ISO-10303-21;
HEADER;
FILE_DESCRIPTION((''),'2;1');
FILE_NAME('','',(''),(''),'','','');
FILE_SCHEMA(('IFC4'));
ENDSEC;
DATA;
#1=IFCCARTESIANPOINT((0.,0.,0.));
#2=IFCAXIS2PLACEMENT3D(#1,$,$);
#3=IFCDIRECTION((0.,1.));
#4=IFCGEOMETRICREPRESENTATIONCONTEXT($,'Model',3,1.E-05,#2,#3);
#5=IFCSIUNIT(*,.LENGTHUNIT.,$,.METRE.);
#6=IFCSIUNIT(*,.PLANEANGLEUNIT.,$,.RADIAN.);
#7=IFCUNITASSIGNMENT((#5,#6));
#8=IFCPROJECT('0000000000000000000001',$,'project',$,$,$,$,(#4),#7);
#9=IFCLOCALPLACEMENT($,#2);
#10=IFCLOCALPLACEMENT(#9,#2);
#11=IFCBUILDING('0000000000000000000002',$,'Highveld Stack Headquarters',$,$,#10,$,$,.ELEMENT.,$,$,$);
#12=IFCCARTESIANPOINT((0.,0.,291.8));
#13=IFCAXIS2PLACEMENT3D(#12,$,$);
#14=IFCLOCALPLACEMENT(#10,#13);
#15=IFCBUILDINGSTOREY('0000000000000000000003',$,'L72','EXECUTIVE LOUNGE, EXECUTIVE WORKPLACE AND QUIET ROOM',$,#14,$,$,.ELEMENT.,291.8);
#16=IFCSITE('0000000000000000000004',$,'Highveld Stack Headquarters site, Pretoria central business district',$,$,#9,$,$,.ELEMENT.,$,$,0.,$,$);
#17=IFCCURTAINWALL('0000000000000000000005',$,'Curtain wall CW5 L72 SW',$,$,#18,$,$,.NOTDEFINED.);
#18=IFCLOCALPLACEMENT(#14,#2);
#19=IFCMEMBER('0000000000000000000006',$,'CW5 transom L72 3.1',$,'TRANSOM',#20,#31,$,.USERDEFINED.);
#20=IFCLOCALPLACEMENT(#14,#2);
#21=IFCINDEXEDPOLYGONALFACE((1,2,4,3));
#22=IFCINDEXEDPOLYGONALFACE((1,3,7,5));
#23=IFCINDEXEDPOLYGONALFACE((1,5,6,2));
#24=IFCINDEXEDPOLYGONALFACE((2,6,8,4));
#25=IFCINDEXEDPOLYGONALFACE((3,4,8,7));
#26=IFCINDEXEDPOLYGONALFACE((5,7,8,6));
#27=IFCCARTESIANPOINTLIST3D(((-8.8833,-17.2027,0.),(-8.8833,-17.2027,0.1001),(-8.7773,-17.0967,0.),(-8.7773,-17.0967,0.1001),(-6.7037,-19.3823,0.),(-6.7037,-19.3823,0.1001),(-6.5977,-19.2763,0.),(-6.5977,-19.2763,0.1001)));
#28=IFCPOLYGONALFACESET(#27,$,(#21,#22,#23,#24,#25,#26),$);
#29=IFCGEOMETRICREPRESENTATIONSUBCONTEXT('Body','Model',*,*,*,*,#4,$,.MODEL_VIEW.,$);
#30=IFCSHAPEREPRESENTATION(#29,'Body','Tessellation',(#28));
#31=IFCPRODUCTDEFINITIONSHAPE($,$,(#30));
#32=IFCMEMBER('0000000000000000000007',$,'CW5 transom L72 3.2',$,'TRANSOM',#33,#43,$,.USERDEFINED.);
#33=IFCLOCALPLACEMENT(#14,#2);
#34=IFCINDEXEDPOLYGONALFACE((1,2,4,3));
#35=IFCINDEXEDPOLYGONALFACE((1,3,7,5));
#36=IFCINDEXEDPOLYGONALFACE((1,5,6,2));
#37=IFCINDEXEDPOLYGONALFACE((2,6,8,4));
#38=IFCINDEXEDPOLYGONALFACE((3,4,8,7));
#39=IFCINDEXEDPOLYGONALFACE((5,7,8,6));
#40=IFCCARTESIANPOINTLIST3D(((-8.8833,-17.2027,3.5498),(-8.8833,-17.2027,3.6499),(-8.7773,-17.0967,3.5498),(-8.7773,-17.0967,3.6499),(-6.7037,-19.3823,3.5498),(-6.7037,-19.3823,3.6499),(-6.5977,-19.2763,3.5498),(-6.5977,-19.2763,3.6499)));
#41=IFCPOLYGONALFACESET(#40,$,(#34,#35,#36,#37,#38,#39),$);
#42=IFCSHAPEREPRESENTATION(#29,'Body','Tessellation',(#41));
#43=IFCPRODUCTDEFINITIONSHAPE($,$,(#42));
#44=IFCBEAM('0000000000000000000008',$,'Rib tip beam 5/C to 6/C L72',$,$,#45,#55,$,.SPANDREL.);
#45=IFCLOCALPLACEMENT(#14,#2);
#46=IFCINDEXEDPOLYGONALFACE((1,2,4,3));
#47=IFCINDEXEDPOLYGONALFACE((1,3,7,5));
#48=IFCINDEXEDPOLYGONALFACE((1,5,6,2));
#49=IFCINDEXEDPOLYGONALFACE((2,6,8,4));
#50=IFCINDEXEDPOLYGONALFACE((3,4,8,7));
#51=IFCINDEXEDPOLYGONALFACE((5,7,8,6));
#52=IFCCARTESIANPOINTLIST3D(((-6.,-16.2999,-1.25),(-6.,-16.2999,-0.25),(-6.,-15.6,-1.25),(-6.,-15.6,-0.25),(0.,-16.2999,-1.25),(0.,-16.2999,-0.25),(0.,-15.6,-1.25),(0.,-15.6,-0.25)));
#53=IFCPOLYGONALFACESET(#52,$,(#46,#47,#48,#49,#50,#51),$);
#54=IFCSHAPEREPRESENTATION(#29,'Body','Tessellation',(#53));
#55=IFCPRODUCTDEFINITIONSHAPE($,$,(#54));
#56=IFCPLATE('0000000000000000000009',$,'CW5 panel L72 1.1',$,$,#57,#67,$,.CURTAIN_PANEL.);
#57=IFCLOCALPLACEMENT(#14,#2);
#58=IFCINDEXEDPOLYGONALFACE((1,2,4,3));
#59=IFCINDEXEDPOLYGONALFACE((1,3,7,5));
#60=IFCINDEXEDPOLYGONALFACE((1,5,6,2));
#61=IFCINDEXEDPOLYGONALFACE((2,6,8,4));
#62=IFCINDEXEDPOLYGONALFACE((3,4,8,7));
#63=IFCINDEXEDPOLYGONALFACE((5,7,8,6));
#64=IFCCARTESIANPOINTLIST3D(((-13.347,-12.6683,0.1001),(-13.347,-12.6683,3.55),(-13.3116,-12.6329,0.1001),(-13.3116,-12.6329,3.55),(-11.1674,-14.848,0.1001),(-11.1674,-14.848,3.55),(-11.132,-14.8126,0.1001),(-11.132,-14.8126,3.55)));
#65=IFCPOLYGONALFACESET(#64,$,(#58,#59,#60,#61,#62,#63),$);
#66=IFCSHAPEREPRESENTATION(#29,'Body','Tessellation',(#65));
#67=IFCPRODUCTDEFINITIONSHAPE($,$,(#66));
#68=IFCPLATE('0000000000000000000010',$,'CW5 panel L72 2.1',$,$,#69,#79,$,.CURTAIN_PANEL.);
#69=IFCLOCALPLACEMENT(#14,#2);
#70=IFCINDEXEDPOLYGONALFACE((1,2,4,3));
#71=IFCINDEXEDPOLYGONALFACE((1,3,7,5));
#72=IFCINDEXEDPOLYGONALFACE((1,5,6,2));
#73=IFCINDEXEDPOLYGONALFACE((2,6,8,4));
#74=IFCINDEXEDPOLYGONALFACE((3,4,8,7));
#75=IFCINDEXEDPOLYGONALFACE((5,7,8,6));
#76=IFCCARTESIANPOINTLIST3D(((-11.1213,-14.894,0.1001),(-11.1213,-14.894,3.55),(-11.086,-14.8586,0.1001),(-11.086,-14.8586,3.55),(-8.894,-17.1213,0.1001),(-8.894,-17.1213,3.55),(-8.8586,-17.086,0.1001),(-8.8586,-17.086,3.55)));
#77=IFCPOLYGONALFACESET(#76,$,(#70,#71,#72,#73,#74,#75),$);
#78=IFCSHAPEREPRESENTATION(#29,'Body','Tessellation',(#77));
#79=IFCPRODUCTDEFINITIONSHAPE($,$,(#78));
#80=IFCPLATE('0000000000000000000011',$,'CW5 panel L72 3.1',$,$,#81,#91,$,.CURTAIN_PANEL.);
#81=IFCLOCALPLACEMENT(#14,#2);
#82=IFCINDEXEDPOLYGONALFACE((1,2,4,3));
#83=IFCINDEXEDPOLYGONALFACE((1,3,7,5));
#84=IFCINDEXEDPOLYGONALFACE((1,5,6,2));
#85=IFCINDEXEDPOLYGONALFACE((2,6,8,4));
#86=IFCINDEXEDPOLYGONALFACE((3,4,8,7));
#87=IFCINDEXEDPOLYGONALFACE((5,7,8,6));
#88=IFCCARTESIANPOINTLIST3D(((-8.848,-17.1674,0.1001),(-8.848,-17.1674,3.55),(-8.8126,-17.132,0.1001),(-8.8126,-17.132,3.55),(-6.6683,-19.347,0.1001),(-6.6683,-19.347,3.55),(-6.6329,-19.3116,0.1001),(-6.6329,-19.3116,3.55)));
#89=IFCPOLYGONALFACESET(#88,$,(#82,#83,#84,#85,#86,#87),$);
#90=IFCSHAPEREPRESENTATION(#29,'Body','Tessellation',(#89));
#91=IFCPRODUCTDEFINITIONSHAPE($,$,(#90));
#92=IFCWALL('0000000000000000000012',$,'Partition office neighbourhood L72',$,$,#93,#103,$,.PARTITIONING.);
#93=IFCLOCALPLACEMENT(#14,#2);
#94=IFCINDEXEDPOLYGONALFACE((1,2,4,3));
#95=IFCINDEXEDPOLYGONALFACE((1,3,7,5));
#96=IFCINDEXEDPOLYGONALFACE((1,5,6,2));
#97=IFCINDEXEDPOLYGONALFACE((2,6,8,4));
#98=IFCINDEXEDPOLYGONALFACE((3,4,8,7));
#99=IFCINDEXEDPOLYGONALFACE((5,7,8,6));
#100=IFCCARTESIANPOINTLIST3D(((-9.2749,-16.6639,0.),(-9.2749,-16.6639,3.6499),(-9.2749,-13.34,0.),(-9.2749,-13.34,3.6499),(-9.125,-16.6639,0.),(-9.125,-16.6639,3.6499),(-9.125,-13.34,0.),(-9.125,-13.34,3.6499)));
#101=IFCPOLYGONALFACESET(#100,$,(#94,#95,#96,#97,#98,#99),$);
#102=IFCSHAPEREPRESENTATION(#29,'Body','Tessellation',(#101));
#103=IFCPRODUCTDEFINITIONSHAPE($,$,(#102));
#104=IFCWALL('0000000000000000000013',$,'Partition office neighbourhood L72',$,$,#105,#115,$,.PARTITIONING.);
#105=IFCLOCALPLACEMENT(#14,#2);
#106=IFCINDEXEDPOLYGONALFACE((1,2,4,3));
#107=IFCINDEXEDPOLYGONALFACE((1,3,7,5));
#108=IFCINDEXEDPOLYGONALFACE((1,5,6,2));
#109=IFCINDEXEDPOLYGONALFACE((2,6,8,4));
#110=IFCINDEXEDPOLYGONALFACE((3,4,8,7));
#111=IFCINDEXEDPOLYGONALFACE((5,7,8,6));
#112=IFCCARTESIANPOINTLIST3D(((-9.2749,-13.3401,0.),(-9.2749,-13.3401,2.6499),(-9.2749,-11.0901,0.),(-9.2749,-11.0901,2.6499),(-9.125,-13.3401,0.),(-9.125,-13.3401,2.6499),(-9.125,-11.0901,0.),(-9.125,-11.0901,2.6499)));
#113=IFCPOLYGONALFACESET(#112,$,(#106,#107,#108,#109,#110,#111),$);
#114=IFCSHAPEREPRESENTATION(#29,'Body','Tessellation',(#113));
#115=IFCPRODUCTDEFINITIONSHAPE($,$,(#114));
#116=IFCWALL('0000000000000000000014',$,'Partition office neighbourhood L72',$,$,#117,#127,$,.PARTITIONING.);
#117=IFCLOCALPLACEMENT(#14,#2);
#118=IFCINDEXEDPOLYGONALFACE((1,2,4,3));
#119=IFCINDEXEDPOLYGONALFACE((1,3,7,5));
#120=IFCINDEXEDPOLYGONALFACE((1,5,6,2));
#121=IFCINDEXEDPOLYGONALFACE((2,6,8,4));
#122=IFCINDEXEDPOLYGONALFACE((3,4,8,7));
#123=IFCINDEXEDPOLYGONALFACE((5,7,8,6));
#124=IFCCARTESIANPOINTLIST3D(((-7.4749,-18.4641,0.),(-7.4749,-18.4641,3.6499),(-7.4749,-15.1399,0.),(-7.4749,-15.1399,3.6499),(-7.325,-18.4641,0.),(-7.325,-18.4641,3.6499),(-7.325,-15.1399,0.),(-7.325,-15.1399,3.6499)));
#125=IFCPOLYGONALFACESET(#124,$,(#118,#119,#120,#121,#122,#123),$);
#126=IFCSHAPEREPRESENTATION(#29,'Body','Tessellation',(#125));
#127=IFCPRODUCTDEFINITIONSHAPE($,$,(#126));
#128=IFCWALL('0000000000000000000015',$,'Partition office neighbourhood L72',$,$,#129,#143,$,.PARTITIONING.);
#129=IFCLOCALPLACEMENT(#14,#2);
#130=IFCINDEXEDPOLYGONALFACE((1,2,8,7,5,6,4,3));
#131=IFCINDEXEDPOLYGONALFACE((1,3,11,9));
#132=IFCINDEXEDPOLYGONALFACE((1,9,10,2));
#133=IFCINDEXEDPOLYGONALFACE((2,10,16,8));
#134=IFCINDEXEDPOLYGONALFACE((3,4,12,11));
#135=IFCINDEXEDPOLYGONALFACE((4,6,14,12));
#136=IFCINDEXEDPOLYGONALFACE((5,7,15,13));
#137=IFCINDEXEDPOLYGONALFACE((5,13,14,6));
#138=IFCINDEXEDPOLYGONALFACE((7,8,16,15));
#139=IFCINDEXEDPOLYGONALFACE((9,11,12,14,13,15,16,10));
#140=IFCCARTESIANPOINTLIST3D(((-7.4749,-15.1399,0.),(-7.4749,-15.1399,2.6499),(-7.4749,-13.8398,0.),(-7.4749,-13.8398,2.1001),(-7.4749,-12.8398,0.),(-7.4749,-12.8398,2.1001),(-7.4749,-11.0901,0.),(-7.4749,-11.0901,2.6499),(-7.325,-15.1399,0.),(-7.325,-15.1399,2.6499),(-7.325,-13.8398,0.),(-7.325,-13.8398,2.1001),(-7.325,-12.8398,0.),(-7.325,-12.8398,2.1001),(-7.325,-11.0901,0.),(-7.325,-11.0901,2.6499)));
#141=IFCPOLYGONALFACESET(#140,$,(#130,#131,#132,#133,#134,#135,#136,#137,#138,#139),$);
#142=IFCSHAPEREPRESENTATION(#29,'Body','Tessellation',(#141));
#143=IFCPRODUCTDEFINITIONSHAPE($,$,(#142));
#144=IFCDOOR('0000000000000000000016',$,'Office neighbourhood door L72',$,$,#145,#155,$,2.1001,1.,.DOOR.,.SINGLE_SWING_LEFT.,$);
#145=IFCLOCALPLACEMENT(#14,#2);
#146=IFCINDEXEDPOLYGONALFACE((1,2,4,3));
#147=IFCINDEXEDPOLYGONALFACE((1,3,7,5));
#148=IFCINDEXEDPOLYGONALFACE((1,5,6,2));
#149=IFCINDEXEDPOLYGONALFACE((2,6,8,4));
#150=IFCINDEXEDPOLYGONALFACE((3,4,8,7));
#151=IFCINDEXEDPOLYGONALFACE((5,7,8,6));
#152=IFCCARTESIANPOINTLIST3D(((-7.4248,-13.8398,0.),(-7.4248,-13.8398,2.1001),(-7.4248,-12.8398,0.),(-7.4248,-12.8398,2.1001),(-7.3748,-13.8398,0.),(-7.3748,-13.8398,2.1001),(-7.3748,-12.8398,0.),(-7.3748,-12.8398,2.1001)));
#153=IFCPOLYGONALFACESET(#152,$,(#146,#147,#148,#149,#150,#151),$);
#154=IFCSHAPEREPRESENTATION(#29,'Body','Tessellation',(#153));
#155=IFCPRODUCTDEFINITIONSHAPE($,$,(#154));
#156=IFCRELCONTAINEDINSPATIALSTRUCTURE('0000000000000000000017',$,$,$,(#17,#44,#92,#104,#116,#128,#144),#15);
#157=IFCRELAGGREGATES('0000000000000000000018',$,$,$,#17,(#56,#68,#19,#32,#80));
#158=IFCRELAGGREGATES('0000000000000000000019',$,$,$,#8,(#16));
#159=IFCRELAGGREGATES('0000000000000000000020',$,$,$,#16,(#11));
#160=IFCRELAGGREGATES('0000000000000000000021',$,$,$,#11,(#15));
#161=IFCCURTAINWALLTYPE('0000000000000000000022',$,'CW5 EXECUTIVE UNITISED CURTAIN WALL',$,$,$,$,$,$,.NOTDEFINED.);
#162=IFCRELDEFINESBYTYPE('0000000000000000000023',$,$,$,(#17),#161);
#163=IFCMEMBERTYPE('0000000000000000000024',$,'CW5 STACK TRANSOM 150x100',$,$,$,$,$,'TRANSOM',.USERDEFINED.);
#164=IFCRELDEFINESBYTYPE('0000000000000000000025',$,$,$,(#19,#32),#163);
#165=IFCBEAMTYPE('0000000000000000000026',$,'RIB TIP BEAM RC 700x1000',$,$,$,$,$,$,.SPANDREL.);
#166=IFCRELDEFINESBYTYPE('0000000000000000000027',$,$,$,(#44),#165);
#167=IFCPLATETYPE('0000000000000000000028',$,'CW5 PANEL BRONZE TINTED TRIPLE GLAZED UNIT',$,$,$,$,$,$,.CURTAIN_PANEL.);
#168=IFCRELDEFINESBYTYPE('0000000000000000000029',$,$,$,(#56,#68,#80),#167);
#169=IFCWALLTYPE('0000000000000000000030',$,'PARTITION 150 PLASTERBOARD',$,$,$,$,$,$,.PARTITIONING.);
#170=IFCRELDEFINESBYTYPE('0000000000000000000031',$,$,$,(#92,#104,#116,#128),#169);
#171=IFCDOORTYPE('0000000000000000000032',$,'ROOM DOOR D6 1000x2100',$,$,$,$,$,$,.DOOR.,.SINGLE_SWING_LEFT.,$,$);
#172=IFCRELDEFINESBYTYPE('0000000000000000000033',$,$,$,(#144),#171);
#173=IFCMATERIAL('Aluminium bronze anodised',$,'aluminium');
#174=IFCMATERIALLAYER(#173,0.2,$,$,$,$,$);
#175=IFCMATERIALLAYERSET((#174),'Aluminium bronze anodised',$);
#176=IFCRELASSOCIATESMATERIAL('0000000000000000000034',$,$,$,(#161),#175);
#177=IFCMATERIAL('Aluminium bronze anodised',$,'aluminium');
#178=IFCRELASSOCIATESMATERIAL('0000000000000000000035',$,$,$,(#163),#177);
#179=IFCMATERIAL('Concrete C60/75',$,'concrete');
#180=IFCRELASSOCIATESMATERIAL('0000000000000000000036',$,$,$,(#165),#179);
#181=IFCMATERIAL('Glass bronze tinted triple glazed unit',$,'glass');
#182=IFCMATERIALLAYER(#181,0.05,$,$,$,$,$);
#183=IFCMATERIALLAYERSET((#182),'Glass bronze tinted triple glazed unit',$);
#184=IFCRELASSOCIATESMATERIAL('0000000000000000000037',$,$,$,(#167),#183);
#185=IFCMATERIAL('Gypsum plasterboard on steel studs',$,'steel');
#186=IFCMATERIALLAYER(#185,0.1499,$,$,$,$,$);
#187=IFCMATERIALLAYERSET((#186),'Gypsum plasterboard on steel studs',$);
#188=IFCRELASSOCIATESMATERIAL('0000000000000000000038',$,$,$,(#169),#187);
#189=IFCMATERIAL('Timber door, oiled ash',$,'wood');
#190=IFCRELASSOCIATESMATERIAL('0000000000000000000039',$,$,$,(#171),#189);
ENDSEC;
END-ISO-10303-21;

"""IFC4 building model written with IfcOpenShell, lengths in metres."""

from ifc_helpers import new_model, si_unit, direction, frame, frame_2d, origin, origin_2d, place, context, subcontext, project, spatial, rectangle, extrude, material, layer, layer_set, material_profile, profile_set, type_object, element, fill, aggregate, save


model = new_model("IFC4")

# Units and contexts
model_context = context("Model", 3, precision=1e-05, world=origin(), true_north=direction((0.0, 1.0)))
body_context = subcontext(model_context, "Body", "Model", "MODEL_VIEW")
ifc_project = project(units=[si_unit("LENGTHUNIT", "METRE"), si_unit("PLANEANGLEUNIT", "RADIAN")], contexts=[model_context])

# Site, building, storey
site_placement = place(None, origin())
site = spatial("IfcSite", under=ifc_project, at=site_placement, Name="Highveld Stack Headquarters site, Pretoria central business district", CompositionType="ELEMENT", RefElevation=0.0)
building_placement = place(site_placement, origin())
building = spatial("IfcBuilding", under=site, at=building_placement, Name="Highveld Stack Headquarters", CompositionType="ELEMENT")
storey_placement = place(building_placement, frame((0.0, 0.0, 291.8)))
storey = spatial("IfcBuildingStorey", under=building, at=storey_placement, Name="L72", Description="EXECUTIVE LOUNGE, EXECUTIVE WORKPLACE AND QUIET ROOM", CompositionType="ELEMENT", Elevation=291.8)

# Shared definitions
ifc_material_1 = material(Name="Aluminium bronze anodised", Category="aluminium")
ifc_layer_1 = layer(ifc_material_1, 0.2)
ifc_layer_set_1 = layer_set([ifc_layer_1], Name="Aluminium bronze anodised")
curtain_wall_type = type_object("IfcCurtainWallType", Name="CW5 EXECUTIVE UNITISED CURTAIN WALL", PredefinedType="NOTDEFINED", material=ifc_layer_set_1)

# Curtain wall
curtain_wall_1_placement = place(storey_placement, origin())
curtain_wall_1 = element("IfcCurtainWall", 1, at=curtain_wall_1_placement, inside=storey, type_object=curtain_wall_type, Name="Curtain wall CW5 L72 SW", PredefinedType="NOTDEFINED")

# Members
ifc_material_2 = material(Name="Aluminium bronze anodised", Category="aluminium")
ifc_material_profile_1 = material_profile(ifc_material_2, rectangle(XDim=0.1499, YDim=0.1001, at=origin_2d()), Name="CW5 TRANSOM 150x100")
ifc_profile_set_1 = profile_set([ifc_material_profile_1], Name="Aluminium bronze anodised")
member_type_1 = type_object("IfcMemberType", Name="CW5 STACK TRANSOM 150x100", ElementType="TRANSOM", PredefinedType="USERDEFINED", material=ifc_profile_set_1)
member_1_placement = place(storey_placement, frame((-8.8303, -17.1497, 0.05), z_axis=(0.707107, -0.707107, 0.0), x_axis=(0.707107, 0.707107, 0.0)))
member_1 = element("IfcMember", 2, at=member_1_placement, type_object=member_type_1, Name="CW5 transom L72 3.1", ObjectType="TRANSOM", PredefinedType="USERDEFINED", context=body_context, shape_type="SweptSolid", body=[
    extrude(rectangle(XDim=0.1499, YDim=0.1001, at=origin_2d()), origin(), (0.0, 0.0, 1.0), 3.0825),
])
member_2_placement = place(storey_placement, frame((-8.8303, -17.1497, 3.5999), z_axis=(0.707107, -0.707107, 0.0), x_axis=(0.707107, 0.707107, 0.0)))
member_2 = element("IfcMember", 3, at=member_2_placement, type_object=member_type_1, Name="CW5 transom L72 3.2", ObjectType="TRANSOM", PredefinedType="USERDEFINED", context=body_context, shape_type="SweptSolid", body=[
    extrude(rectangle(XDim=0.1499, YDim=0.1001, at=origin_2d()), origin(), (0.0, 0.0, 1.0), 3.0825),
])

# Beam
ifc_material_3 = material(Name="Concrete C60/75", Category="concrete")
ifc_material_profile_2 = material_profile(ifc_material_3, rectangle(XDim=0.7, YDim=1.0, at=origin_2d()), Name="RC 700x1000")
ifc_profile_set_2 = profile_set([ifc_material_profile_2], Name="Concrete C60/75")
beam_type = type_object("IfcBeamType", Name="RIB TIP BEAM RC 700x1000", PredefinedType="SPANDREL", material=ifc_profile_set_2)
beam_placement = place(storey_placement, frame((-6.0, -15.95, -0.75), z_axis=(1.0, 0.0, 0.0), x_axis=(0.0, 1.0, 0.0)))
element("IfcBeam", 4, at=beam_placement, inside=storey, type_object=beam_type, Name="Rib tip beam 5/C to 6/C L72", PredefinedType="SPANDREL", context=body_context, shape_type="SweptSolid", body=[
    extrude(rectangle(XDim=0.7, YDim=1.0, at=origin_2d()), origin(), (0.0, 0.0, 1.0), 6.0),
])

# Plates
ifc_material_4 = material(Name="Glass bronze tinted triple glazed unit", Category="glass")
ifc_layer_2 = layer(ifc_material_4, 0.05)
ifc_layer_set_2 = layer_set([ifc_layer_2], Name="Glass bronze tinted triple glazed unit")
plate_type = type_object("IfcPlateType", Name="CW5 PANEL BRONZE TINTED TRIPLE GLAZED UNIT", PredefinedType="CURTAIN_PANEL", material=ifc_layer_set_2)
plate_1_placement = place(storey_placement, frame((-12.2395, -13.7405, 0.1001), z_axis=(0.0, 0.0, 1.0), x_axis=(0.707107, -0.707107, 0.0)))
plate_1 = element("IfcPlate", 5, at=plate_1_placement, type_object=plate_type, Name="CW5 panel L72 1.1", PredefinedType="CURTAIN_PANEL", context=body_context, shape_type="SweptSolid", body=[
    extrude(rectangle(XDim=3.0825, YDim=0.05, at=origin_2d()), origin(), (0.0, 0.0, 1.0), 3.45),
])
plate_2_placement = place(storey_placement, frame((-9.99, -15.99, 0.1001), z_axis=(0.0, 0.0, 1.0), x_axis=(0.707107, -0.707107, 0.0)))
plate_2 = element("IfcPlate", 6, at=plate_2_placement, type_object=plate_type, Name="CW5 panel L72 2.1", PredefinedType="CURTAIN_PANEL", context=body_context, shape_type="SweptSolid", body=[
    extrude(rectangle(XDim=3.1499, YDim=0.05, at=origin_2d()), origin(), (0.0, 0.0, 1.0), 3.45),
])
plate_3_placement = place(storey_placement, frame((-7.7405, -18.2395, 0.1001), z_axis=(0.0, 0.0, 1.0), x_axis=(0.707107, -0.707107, 0.0)))
plate_3 = element("IfcPlate", 7, at=plate_3_placement, type_object=plate_type, Name="CW5 panel L72 3.1", PredefinedType="CURTAIN_PANEL", context=body_context, shape_type="SweptSolid", body=[
    extrude(rectangle(XDim=3.0825, YDim=0.05, at=origin_2d()), origin(), (0.0, 0.0, 1.0), 3.45),
])
aggregate(curtain_wall_1, [plate_1, plate_2, member_1, member_2, plate_3])

# Walls
ifc_material_5 = material(Name="Gypsum plasterboard on steel studs", Category="steel")
ifc_layer_3 = layer(ifc_material_5, 0.1499)
ifc_layer_set_3 = layer_set([ifc_layer_3], Name="Gypsum plasterboard on steel studs")
wall_type = type_object("IfcWallType", Name="PARTITION 150 PLASTERBOARD", PredefinedType="PARTITIONING", material=ifc_layer_set_3)
wall_1_placement = place(storey_placement, frame((-9.2, -16.6641, 0.0), z_axis=(0.0, 0.0, 1.0), x_axis=(0.0, 1.0, 0.0)))
element("IfcWall", 8, at=wall_1_placement, inside=storey, type_object=wall_type, Name="Partition office neighbourhood L72", PredefinedType="PARTITIONING", context=body_context, shape_type="SweptSolid", body=[
    extrude(rectangle(XDim=3.324, YDim=0.1499, at=frame_2d((1.6621, 0.0))), origin(), (0.0, 0.0, 1.0), 3.6499),
])
wall_2_placement = place(storey_placement, frame((-9.2, -13.3401, 0.0), z_axis=(0.0, 0.0, 1.0), x_axis=(0.0, 1.0, 0.0)))
element("IfcWall", 9, at=wall_2_placement, inside=storey, type_object=wall_type, Name="Partition office neighbourhood L72", PredefinedType="PARTITIONING", context=body_context, shape_type="SweptSolid", body=[
    extrude(rectangle(XDim=2.25, YDim=0.1499, at=frame_2d((1.125, 0.0))), origin(), (0.0, 0.0, 1.0), 2.6499),
])
wall_3_placement = place(storey_placement, frame((-7.3999, -18.4641, 0.0), z_axis=(0.0, 0.0, 1.0), x_axis=(0.0, 1.0, 0.0)))
element("IfcWall", 10, at=wall_3_placement, inside=storey, type_object=wall_type, Name="Partition office neighbourhood L72", PredefinedType="PARTITIONING", context=body_context, shape_type="SweptSolid", body=[
    extrude(rectangle(XDim=3.3242, YDim=0.1499, at=frame_2d((1.6621, 0.0))), origin(), (0.0, 0.0, 1.0), 3.6499),
])

# Wall, opening, door
wall_4_placement = place(storey_placement, frame((-7.3999, -15.1399, 0.0), z_axis=(0.0, 0.0, 1.0), x_axis=(0.0, 1.0, 0.0)))
wall_4 = element("IfcWall", 11, at=wall_4_placement, inside=storey, type_object=wall_type, Name="Partition office neighbourhood L72", PredefinedType="PARTITIONING", context=body_context, shape_type="SweptSolid", body=[
    extrude(rectangle(XDim=4.0498, YDim=0.1499, at=frame_2d((2.0249, 0.0))), origin(), (0.0, 0.0, 1.0), 2.6499),
])
opening_placement = place(wall_4_placement, frame((1.3, 0.0, 0.0)))
opening = element("IfcOpeningElement", 12, at=opening_placement, cuts=wall_4, PredefinedType="OPENING", context=body_context, shape_type="SweptSolid", body=[
    extrude(rectangle(XDim=1.0, YDim=2.1001, at=frame_2d((0.5, 1.05))), frame((0.0, 0.085, 0.0), z_axis=(0.0, -1.0, 0.0), x_axis=(1.0, 0.0, 0.0)), (0.0, 0.0, 1.0), 0.1699),
])
ifc_material_6 = material(Name="Timber door, oiled ash", Category="wood")
door_type = type_object("IfcDoorType", Name="ROOM DOOR D6 1000x2100", OperationType="SINGLE_SWING_LEFT", PredefinedType="DOOR", material=ifc_material_6)
door_placement = place(opening_placement, origin())
door = element("IfcDoor", 13, at=door_placement, inside=storey, type_object=door_type, Name="Office neighbourhood door L72", OperationType="SINGLE_SWING_LEFT", OverallHeight=2.1001, OverallWidth=1.0, PredefinedType="DOOR", context=body_context, shape_type="SweptSolid", body=[
    extrude(rectangle(XDim=1.0, YDim=2.1001, at=frame_2d((0.5, 1.05))), frame((0.0, 0.0249, 0.0), z_axis=(0.0, -1.0, 0.0), x_axis=(1.0, 0.0, 0.0)), (0.0, 0.0, 1.0), 0.05),
])
fill(opening, door)

save(model, "model.ifc")
